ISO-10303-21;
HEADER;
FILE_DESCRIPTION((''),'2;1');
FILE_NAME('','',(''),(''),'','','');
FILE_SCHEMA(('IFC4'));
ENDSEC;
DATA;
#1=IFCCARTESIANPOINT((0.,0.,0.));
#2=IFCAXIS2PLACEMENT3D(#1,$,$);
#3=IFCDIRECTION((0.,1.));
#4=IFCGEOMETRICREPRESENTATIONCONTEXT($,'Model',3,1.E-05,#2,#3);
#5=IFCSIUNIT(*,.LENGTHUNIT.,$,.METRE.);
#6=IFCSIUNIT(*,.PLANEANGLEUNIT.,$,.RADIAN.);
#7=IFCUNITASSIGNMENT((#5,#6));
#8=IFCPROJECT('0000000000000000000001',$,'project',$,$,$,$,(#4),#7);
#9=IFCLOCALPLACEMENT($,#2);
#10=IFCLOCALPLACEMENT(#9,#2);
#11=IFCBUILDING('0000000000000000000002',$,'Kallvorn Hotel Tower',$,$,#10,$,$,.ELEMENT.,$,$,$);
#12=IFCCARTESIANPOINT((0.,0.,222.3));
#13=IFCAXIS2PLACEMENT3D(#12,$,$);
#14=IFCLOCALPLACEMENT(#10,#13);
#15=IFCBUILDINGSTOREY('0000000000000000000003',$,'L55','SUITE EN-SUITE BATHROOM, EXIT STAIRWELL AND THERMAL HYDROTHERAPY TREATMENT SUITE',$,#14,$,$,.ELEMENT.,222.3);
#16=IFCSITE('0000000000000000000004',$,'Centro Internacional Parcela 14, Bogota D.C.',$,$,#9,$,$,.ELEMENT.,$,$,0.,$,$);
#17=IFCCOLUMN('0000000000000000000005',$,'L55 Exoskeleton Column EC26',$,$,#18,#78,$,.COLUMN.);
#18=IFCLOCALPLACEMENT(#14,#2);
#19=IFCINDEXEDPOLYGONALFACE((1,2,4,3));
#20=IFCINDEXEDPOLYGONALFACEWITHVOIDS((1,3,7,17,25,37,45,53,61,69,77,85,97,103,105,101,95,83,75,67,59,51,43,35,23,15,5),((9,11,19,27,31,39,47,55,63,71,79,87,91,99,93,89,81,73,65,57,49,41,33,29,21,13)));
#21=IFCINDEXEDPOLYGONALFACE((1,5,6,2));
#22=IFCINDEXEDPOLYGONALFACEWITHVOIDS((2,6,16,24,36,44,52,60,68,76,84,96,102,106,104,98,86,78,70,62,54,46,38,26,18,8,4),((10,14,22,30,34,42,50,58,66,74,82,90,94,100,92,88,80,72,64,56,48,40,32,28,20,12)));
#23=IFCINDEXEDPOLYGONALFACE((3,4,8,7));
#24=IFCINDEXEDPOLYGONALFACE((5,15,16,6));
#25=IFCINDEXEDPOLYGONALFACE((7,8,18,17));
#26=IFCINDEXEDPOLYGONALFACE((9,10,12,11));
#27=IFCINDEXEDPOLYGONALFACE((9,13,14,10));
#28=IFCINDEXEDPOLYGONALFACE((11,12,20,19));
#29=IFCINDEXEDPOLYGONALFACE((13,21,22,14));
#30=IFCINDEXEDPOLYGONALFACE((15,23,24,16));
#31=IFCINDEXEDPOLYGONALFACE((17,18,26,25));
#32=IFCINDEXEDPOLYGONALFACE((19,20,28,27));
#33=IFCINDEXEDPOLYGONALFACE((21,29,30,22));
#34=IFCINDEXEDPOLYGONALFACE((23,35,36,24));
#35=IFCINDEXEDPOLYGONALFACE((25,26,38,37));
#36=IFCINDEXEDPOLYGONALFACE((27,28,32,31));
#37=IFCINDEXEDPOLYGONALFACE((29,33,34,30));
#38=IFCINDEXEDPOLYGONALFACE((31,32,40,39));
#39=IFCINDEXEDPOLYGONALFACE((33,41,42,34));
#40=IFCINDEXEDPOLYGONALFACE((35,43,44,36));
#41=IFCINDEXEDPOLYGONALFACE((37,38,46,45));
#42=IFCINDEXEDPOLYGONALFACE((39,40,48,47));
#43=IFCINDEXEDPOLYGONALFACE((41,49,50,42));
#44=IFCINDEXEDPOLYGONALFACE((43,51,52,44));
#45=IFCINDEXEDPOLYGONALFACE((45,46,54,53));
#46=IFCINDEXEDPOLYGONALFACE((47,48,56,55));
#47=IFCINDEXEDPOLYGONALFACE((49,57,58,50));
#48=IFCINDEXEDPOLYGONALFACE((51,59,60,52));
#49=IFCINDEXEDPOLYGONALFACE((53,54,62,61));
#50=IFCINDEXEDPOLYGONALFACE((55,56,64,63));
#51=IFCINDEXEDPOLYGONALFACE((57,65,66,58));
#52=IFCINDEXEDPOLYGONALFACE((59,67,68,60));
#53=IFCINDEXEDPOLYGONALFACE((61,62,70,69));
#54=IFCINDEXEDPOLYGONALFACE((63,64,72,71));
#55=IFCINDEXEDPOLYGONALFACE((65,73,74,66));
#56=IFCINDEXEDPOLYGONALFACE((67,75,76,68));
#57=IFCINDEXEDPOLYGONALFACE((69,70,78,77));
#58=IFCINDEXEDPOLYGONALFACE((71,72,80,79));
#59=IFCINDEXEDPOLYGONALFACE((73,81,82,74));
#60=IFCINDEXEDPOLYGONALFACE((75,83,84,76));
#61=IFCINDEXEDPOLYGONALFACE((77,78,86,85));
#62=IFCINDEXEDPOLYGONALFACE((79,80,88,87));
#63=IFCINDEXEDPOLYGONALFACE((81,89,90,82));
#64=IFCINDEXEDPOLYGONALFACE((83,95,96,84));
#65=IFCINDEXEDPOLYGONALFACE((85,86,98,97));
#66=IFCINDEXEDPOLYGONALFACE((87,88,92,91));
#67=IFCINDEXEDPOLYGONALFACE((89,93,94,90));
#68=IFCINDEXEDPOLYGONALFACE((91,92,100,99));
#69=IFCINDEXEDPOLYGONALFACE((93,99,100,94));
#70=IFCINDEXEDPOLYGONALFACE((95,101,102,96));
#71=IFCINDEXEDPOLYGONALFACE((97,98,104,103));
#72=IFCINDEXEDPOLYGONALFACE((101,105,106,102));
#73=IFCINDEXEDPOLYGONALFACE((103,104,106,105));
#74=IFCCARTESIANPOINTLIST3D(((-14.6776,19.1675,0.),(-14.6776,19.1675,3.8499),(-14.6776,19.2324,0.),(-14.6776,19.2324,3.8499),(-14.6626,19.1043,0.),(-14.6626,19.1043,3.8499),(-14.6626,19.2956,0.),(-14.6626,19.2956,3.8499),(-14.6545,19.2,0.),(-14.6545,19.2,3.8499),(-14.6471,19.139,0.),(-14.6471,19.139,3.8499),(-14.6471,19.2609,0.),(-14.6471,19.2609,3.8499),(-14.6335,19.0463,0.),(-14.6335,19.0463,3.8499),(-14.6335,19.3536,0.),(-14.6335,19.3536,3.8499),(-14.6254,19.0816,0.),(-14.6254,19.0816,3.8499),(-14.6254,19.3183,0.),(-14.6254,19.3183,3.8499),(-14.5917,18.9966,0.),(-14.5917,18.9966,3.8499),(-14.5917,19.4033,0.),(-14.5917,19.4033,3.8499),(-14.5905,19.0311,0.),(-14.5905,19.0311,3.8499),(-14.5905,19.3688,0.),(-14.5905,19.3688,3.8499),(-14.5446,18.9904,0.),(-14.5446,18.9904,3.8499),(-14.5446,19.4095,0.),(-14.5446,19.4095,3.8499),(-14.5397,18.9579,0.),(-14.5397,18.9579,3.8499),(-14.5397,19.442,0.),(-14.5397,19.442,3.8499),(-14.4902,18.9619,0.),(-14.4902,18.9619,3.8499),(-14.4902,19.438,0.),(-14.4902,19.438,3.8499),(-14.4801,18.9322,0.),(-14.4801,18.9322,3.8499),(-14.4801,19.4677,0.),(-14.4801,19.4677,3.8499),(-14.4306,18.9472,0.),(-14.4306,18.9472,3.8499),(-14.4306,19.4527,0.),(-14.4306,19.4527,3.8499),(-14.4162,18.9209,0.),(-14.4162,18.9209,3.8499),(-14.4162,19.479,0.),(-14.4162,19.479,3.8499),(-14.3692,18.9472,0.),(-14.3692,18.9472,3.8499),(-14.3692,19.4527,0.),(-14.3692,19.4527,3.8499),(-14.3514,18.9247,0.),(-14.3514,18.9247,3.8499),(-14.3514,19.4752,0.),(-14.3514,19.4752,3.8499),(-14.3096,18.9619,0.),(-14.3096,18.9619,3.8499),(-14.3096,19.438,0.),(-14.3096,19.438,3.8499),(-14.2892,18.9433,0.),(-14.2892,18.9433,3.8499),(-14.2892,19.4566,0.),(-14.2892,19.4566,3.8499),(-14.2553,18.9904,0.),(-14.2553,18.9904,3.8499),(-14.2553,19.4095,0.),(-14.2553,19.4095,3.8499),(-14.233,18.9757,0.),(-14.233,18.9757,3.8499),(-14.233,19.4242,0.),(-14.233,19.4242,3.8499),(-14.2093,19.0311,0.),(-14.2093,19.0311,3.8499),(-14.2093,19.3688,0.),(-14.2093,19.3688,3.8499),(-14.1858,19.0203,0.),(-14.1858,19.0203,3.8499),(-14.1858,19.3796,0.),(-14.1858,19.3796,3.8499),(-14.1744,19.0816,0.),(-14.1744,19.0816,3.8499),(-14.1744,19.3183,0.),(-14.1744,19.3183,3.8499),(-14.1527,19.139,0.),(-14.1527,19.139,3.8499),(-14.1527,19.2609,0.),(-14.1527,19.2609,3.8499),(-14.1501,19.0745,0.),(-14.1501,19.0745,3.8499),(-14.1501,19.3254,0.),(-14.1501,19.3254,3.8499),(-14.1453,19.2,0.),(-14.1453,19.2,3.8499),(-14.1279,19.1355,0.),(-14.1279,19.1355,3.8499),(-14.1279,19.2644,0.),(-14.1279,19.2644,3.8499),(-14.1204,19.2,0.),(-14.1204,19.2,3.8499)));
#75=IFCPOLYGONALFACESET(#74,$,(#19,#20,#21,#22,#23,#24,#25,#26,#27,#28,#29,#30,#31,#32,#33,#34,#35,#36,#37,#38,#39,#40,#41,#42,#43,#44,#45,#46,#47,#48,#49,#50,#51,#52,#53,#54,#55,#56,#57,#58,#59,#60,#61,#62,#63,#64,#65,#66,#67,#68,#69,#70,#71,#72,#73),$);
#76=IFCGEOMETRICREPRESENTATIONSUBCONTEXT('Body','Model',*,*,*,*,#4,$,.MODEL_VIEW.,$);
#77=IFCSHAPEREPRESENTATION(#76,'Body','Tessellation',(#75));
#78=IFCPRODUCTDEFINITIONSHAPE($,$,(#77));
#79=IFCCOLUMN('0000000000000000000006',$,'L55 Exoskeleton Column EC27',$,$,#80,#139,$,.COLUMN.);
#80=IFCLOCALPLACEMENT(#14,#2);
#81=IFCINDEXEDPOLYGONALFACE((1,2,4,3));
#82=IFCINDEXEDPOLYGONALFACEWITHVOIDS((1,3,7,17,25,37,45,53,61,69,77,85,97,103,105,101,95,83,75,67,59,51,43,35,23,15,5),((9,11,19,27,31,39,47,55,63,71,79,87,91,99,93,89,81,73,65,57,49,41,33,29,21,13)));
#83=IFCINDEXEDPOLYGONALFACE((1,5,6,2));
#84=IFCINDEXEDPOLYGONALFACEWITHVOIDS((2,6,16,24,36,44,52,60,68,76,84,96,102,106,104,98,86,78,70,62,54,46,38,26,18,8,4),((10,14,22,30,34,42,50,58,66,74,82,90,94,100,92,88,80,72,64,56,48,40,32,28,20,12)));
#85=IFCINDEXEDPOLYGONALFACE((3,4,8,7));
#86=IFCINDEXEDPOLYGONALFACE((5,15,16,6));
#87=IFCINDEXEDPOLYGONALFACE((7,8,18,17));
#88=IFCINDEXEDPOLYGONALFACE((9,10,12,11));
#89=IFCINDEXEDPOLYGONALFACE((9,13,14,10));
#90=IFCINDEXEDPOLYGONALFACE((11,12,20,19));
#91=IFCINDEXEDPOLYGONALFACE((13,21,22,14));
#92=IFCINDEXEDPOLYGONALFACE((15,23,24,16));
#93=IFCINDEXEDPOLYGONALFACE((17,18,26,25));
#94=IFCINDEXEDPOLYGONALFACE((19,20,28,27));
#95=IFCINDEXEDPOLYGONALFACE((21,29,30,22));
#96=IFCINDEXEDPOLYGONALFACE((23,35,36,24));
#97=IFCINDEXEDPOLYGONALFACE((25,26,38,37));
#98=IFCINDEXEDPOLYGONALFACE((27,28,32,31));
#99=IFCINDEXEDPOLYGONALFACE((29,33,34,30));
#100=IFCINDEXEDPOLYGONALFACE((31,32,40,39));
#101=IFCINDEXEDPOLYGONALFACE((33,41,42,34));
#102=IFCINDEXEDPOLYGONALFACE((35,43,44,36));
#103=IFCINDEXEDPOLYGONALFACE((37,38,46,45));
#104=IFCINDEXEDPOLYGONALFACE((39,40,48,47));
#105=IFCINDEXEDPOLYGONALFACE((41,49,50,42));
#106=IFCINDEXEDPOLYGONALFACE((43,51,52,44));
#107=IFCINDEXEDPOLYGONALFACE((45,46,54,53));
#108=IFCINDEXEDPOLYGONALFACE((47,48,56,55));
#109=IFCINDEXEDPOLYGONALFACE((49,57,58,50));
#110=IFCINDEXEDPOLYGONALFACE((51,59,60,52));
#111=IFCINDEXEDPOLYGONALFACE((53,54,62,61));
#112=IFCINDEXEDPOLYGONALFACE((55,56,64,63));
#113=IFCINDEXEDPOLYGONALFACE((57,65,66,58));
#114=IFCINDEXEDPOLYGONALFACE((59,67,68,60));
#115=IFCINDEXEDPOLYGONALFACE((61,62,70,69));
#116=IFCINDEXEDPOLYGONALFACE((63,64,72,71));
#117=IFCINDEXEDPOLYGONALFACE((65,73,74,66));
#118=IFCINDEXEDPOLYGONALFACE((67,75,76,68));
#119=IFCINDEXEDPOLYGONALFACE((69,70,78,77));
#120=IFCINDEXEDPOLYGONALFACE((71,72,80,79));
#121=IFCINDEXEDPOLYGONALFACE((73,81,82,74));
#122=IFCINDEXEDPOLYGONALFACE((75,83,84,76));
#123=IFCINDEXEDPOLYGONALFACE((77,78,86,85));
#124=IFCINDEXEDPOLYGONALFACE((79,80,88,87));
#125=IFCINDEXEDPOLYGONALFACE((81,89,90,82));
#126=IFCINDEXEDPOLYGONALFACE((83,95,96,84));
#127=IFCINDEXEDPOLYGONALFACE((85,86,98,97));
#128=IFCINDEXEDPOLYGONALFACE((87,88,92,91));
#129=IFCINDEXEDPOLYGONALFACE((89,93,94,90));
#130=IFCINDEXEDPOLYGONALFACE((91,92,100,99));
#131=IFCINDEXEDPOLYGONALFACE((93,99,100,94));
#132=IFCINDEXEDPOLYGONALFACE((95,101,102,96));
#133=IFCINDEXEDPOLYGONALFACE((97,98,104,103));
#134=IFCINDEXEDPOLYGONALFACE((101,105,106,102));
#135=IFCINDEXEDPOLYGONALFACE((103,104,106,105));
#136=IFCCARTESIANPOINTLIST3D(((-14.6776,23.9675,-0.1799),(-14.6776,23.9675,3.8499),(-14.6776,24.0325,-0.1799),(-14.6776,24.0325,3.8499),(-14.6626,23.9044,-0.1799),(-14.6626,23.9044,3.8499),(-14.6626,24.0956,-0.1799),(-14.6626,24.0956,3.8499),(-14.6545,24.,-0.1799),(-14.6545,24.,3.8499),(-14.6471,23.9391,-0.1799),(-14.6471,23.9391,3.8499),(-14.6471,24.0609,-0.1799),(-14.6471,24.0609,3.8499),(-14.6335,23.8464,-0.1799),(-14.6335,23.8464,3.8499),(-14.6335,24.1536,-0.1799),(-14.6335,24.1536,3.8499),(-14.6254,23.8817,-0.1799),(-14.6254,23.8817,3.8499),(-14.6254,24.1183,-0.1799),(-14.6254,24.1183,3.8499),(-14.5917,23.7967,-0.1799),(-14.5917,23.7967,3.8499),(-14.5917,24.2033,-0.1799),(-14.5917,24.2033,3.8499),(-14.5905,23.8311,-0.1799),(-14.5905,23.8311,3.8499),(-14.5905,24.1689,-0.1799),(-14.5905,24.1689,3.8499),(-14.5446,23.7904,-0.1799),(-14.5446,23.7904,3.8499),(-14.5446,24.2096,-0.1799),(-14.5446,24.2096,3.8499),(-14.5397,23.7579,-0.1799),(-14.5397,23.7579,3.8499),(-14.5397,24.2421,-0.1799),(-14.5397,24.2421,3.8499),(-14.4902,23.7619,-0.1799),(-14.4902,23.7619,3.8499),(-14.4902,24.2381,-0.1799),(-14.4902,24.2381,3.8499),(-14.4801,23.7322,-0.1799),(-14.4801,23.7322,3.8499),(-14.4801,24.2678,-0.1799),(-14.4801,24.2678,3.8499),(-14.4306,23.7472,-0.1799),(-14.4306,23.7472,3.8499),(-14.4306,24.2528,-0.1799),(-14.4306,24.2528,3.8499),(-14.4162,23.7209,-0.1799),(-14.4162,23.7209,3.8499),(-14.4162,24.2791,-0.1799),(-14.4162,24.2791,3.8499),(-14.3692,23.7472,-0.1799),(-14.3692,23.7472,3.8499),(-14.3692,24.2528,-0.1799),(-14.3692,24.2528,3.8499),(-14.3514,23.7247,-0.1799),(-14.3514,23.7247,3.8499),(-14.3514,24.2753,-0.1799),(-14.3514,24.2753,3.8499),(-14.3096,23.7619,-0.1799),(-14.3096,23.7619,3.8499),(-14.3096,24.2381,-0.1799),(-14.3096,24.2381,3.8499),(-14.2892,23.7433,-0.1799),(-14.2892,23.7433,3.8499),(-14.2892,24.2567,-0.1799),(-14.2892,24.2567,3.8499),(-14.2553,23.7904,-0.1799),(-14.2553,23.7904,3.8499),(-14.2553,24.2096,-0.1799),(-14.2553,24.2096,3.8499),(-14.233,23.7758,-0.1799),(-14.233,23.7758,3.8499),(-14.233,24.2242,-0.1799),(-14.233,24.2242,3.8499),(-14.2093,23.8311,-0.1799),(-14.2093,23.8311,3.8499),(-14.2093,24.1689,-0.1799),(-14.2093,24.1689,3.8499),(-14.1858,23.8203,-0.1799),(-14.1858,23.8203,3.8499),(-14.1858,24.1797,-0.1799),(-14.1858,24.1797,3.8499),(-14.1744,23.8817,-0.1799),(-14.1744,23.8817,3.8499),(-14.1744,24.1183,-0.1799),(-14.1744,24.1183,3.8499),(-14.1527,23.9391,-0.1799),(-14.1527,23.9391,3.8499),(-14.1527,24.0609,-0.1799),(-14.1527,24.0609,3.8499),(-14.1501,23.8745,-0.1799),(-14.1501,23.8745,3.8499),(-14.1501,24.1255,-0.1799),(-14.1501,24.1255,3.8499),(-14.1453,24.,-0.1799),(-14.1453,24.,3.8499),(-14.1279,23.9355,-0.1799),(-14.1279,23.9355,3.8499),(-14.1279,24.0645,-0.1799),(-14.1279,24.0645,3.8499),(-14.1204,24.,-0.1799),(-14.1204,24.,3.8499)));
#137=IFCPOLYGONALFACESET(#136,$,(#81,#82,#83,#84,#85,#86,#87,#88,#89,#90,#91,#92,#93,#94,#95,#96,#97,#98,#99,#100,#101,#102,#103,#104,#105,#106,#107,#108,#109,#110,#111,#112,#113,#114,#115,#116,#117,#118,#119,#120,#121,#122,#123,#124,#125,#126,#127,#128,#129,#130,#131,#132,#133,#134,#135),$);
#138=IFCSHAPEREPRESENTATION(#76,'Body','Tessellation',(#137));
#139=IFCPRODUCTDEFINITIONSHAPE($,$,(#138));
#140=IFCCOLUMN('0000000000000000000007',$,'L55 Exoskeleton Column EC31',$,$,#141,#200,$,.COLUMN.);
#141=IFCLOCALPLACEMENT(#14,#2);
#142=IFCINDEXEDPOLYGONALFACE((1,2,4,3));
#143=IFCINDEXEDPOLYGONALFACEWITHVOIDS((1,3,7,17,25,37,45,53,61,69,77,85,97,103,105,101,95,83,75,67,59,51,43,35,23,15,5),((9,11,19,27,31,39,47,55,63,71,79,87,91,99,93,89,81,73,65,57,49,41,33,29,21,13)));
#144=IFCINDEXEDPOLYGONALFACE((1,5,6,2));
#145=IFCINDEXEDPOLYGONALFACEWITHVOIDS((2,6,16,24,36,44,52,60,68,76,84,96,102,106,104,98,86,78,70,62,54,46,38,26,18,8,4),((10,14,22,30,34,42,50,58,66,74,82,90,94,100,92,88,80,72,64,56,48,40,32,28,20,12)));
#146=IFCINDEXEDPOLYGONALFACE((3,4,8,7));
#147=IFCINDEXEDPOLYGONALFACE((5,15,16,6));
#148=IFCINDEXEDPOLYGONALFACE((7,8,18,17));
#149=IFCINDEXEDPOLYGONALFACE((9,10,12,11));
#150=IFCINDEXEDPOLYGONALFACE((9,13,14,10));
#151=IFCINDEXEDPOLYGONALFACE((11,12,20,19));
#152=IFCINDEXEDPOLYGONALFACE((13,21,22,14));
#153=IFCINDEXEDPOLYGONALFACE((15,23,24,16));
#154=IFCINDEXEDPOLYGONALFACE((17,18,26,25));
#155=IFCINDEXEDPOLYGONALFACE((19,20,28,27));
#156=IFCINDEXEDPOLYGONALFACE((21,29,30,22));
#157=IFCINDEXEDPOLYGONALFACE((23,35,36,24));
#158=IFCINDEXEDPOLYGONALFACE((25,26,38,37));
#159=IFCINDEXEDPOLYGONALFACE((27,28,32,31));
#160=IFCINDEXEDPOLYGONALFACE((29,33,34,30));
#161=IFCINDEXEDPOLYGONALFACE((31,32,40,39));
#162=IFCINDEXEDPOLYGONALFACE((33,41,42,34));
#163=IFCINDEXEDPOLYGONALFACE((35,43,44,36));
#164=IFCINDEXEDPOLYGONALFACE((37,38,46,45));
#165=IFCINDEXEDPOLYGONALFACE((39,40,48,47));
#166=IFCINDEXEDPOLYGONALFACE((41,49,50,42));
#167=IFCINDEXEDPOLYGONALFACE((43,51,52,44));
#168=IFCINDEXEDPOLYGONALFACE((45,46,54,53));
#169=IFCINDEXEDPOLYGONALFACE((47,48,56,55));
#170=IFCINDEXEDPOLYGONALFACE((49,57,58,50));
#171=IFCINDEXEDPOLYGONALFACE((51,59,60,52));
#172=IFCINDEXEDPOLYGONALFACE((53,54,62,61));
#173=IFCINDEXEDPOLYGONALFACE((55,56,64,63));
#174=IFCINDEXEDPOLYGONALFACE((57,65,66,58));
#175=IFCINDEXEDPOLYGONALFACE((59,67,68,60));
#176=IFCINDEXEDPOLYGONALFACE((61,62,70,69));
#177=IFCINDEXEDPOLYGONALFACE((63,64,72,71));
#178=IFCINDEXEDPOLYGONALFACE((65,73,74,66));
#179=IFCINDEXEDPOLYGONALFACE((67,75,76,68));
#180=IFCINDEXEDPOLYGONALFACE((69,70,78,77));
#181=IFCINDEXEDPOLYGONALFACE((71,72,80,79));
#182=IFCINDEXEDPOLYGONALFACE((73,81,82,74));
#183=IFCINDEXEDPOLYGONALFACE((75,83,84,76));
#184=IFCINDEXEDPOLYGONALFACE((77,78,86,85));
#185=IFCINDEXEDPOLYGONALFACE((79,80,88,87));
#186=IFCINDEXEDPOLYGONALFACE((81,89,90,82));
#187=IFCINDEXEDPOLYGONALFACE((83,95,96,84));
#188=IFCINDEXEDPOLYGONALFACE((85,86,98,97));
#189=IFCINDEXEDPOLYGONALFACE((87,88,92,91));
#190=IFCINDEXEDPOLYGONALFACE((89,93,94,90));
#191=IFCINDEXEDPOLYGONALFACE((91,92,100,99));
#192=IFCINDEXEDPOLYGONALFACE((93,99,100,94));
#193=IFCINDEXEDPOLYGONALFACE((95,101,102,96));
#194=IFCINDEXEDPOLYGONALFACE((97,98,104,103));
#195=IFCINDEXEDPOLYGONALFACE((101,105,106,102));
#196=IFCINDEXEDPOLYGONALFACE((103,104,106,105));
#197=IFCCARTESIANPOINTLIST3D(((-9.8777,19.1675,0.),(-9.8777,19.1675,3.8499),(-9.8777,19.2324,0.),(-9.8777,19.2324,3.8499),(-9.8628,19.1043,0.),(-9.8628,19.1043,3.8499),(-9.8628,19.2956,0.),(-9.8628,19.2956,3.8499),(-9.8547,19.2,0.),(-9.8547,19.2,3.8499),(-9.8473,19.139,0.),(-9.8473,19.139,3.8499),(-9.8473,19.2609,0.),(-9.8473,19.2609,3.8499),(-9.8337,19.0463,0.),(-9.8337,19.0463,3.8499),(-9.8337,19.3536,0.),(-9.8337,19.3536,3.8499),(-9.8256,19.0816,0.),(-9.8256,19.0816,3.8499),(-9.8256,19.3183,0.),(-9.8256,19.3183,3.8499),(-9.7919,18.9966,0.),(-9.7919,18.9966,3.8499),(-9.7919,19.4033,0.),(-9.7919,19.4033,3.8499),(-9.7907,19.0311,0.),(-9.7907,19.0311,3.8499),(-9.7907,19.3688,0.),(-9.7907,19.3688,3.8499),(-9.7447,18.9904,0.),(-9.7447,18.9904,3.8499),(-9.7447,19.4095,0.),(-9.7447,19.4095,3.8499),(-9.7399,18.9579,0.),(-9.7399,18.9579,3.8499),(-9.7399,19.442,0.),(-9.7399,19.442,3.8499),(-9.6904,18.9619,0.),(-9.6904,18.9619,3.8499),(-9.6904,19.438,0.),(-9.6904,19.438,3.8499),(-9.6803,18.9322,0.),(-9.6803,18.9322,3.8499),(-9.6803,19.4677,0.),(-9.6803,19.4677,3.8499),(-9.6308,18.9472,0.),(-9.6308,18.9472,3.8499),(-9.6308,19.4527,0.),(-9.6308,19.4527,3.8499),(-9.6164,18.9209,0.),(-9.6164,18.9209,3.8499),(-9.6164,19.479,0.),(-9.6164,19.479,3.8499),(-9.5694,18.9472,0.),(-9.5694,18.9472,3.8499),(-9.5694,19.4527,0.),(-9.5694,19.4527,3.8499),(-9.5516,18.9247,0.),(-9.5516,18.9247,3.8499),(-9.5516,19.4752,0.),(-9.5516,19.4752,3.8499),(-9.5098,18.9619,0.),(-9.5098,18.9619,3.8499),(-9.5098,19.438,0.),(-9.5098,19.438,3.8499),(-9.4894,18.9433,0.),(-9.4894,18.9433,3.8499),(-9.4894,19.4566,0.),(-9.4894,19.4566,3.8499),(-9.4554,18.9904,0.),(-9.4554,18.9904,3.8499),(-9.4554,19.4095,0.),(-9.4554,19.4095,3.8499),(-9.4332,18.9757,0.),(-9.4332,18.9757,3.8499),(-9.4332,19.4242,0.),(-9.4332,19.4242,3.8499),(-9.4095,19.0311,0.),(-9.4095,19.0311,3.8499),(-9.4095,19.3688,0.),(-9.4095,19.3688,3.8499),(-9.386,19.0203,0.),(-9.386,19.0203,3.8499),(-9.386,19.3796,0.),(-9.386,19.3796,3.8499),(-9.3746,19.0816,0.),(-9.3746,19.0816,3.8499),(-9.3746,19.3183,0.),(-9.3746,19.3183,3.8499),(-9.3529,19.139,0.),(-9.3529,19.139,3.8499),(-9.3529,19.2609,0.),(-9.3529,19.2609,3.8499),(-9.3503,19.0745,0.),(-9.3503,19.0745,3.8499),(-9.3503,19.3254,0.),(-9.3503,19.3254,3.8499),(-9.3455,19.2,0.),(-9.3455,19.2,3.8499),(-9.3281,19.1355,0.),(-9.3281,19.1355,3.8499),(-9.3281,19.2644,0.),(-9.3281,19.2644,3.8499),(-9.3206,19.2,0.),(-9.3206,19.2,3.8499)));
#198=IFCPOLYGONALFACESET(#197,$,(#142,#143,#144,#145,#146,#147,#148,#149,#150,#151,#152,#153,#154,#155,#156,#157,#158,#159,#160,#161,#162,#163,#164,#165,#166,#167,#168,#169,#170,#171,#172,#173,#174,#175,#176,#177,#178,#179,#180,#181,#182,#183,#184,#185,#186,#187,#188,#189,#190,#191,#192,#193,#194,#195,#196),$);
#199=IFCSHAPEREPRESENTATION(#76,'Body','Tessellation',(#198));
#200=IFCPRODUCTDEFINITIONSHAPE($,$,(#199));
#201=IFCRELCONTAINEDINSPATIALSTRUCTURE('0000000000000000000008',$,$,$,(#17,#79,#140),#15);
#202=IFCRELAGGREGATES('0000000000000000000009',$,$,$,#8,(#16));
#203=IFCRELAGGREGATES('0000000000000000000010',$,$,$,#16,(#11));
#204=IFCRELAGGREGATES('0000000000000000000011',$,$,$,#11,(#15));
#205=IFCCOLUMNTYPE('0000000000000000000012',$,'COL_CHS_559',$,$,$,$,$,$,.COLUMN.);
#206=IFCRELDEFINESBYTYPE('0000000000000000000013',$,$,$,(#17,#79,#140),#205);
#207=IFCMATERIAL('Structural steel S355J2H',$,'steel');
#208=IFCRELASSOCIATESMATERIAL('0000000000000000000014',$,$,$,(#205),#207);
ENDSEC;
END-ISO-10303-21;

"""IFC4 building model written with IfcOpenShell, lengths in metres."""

from ifc_helpers import new_model, si_unit, direction, frame, origin, origin_2d, place, context, subcontext, project, spatial, hollow_circle, extrude, material, material_profile, profile_set, type_object, element, save


model = new_model("IFC4")

# Units and contexts
model_context = context("Model", 3, precision=1e-05, world=origin(), true_north=direction((0.0, 1.0)))
body_context = subcontext(model_context, "Body", "Model", "MODEL_VIEW")
ifc_project = project(units=[si_unit("LENGTHUNIT", "METRE"), si_unit("PLANEANGLEUNIT", "RADIAN")], contexts=[model_context])

# Site, building, storey
site_placement = place(None, origin())
site = spatial("IfcSite", under=ifc_project, at=site_placement, Name="Centro Internacional Parcela 14, Bogota D.C.", CompositionType="ELEMENT", RefElevation=0.0)
building_placement = place(site_placement, origin())
building = spatial("IfcBuilding", under=site, at=building_placement, Name="Kallvorn Hotel Tower", CompositionType="ELEMENT")
storey_placement = place(building_placement, frame((0.0, 0.0, 222.3)))
storey = spatial("IfcBuildingStorey", under=building, at=storey_placement, Name="L55", Description="SUITE EN-SUITE BATHROOM, EXIT STAIRWELL AND THERMAL HYDROTHERAPY TREATMENT SUITE", CompositionType="ELEMENT", Elevation=222.3)

# Columns
ifc_material_1 = material(Name="Structural steel S355J2H", Category="steel")
ifc_material_profile_1 = material_profile(ifc_material_1, hollow_circle(Radius=0.2795, WallThickness=0.0249, at=origin_2d()), Name="CHS 559x25")
ifc_profile_set_1 = profile_set([ifc_material_profile_1], Name="Structural steel S355J2H")
column_type_1 = type_object("IfcColumnType", Name="COL_CHS_559", PredefinedType="COLUMN", material=ifc_profile_set_1)
column_1_placement = place(storey_placement, frame((-14.3999, 19.2, 0.0), z_axis=(0.0, 0.0, 1.0), x_axis=(1.0, 0.0, 0.0)))
element("IfcColumn", 1, at=column_1_placement, inside=storey, type_object=column_type_1, Name="L55 Exoskeleton Column EC26", PredefinedType="COLUMN", context=body_context, shape_type="SweptSolid", body=[
    extrude(hollow_circle(Radius=0.2795, WallThickness=0.0249, at=origin_2d()), origin(), (0.0, 0.0, 1.0), 3.8499),
])
column_2_placement = place(storey_placement, frame((-14.3999, 24.0, -0.1799), z_axis=(0.0, 0.0, 1.0), x_axis=(1.0, 0.0, 0.0)))
element("IfcColumn", 2, at=column_2_placement, inside=storey, type_object=column_type_1, Name="L55 Exoskeleton Column EC27", PredefinedType="COLUMN", context=body_context, shape_type="SweptSolid", body=[
    extrude(hollow_circle(Radius=0.2795, WallThickness=0.0249, at=origin_2d()), origin(), (0.0, 0.0, 1.0), 4.0298),
])
column_3_placement = place(storey_placement, frame((-9.6001, 19.2, 0.0), z_axis=(0.0, 0.0, 1.0), x_axis=(1.0, 0.0, 0.0)))
element("IfcColumn", 3, at=column_3_placement, inside=storey, type_object=column_type_1, Name="L55 Exoskeleton Column EC31", PredefinedType="COLUMN", context=body_context, shape_type="SweptSolid", body=[
    extrude(hollow_circle(Radius=0.2795, WallThickness=0.0249, at=origin_2d()), origin(), (0.0, 0.0, 1.0), 3.8499),
])

save(model, "model.ifc")
